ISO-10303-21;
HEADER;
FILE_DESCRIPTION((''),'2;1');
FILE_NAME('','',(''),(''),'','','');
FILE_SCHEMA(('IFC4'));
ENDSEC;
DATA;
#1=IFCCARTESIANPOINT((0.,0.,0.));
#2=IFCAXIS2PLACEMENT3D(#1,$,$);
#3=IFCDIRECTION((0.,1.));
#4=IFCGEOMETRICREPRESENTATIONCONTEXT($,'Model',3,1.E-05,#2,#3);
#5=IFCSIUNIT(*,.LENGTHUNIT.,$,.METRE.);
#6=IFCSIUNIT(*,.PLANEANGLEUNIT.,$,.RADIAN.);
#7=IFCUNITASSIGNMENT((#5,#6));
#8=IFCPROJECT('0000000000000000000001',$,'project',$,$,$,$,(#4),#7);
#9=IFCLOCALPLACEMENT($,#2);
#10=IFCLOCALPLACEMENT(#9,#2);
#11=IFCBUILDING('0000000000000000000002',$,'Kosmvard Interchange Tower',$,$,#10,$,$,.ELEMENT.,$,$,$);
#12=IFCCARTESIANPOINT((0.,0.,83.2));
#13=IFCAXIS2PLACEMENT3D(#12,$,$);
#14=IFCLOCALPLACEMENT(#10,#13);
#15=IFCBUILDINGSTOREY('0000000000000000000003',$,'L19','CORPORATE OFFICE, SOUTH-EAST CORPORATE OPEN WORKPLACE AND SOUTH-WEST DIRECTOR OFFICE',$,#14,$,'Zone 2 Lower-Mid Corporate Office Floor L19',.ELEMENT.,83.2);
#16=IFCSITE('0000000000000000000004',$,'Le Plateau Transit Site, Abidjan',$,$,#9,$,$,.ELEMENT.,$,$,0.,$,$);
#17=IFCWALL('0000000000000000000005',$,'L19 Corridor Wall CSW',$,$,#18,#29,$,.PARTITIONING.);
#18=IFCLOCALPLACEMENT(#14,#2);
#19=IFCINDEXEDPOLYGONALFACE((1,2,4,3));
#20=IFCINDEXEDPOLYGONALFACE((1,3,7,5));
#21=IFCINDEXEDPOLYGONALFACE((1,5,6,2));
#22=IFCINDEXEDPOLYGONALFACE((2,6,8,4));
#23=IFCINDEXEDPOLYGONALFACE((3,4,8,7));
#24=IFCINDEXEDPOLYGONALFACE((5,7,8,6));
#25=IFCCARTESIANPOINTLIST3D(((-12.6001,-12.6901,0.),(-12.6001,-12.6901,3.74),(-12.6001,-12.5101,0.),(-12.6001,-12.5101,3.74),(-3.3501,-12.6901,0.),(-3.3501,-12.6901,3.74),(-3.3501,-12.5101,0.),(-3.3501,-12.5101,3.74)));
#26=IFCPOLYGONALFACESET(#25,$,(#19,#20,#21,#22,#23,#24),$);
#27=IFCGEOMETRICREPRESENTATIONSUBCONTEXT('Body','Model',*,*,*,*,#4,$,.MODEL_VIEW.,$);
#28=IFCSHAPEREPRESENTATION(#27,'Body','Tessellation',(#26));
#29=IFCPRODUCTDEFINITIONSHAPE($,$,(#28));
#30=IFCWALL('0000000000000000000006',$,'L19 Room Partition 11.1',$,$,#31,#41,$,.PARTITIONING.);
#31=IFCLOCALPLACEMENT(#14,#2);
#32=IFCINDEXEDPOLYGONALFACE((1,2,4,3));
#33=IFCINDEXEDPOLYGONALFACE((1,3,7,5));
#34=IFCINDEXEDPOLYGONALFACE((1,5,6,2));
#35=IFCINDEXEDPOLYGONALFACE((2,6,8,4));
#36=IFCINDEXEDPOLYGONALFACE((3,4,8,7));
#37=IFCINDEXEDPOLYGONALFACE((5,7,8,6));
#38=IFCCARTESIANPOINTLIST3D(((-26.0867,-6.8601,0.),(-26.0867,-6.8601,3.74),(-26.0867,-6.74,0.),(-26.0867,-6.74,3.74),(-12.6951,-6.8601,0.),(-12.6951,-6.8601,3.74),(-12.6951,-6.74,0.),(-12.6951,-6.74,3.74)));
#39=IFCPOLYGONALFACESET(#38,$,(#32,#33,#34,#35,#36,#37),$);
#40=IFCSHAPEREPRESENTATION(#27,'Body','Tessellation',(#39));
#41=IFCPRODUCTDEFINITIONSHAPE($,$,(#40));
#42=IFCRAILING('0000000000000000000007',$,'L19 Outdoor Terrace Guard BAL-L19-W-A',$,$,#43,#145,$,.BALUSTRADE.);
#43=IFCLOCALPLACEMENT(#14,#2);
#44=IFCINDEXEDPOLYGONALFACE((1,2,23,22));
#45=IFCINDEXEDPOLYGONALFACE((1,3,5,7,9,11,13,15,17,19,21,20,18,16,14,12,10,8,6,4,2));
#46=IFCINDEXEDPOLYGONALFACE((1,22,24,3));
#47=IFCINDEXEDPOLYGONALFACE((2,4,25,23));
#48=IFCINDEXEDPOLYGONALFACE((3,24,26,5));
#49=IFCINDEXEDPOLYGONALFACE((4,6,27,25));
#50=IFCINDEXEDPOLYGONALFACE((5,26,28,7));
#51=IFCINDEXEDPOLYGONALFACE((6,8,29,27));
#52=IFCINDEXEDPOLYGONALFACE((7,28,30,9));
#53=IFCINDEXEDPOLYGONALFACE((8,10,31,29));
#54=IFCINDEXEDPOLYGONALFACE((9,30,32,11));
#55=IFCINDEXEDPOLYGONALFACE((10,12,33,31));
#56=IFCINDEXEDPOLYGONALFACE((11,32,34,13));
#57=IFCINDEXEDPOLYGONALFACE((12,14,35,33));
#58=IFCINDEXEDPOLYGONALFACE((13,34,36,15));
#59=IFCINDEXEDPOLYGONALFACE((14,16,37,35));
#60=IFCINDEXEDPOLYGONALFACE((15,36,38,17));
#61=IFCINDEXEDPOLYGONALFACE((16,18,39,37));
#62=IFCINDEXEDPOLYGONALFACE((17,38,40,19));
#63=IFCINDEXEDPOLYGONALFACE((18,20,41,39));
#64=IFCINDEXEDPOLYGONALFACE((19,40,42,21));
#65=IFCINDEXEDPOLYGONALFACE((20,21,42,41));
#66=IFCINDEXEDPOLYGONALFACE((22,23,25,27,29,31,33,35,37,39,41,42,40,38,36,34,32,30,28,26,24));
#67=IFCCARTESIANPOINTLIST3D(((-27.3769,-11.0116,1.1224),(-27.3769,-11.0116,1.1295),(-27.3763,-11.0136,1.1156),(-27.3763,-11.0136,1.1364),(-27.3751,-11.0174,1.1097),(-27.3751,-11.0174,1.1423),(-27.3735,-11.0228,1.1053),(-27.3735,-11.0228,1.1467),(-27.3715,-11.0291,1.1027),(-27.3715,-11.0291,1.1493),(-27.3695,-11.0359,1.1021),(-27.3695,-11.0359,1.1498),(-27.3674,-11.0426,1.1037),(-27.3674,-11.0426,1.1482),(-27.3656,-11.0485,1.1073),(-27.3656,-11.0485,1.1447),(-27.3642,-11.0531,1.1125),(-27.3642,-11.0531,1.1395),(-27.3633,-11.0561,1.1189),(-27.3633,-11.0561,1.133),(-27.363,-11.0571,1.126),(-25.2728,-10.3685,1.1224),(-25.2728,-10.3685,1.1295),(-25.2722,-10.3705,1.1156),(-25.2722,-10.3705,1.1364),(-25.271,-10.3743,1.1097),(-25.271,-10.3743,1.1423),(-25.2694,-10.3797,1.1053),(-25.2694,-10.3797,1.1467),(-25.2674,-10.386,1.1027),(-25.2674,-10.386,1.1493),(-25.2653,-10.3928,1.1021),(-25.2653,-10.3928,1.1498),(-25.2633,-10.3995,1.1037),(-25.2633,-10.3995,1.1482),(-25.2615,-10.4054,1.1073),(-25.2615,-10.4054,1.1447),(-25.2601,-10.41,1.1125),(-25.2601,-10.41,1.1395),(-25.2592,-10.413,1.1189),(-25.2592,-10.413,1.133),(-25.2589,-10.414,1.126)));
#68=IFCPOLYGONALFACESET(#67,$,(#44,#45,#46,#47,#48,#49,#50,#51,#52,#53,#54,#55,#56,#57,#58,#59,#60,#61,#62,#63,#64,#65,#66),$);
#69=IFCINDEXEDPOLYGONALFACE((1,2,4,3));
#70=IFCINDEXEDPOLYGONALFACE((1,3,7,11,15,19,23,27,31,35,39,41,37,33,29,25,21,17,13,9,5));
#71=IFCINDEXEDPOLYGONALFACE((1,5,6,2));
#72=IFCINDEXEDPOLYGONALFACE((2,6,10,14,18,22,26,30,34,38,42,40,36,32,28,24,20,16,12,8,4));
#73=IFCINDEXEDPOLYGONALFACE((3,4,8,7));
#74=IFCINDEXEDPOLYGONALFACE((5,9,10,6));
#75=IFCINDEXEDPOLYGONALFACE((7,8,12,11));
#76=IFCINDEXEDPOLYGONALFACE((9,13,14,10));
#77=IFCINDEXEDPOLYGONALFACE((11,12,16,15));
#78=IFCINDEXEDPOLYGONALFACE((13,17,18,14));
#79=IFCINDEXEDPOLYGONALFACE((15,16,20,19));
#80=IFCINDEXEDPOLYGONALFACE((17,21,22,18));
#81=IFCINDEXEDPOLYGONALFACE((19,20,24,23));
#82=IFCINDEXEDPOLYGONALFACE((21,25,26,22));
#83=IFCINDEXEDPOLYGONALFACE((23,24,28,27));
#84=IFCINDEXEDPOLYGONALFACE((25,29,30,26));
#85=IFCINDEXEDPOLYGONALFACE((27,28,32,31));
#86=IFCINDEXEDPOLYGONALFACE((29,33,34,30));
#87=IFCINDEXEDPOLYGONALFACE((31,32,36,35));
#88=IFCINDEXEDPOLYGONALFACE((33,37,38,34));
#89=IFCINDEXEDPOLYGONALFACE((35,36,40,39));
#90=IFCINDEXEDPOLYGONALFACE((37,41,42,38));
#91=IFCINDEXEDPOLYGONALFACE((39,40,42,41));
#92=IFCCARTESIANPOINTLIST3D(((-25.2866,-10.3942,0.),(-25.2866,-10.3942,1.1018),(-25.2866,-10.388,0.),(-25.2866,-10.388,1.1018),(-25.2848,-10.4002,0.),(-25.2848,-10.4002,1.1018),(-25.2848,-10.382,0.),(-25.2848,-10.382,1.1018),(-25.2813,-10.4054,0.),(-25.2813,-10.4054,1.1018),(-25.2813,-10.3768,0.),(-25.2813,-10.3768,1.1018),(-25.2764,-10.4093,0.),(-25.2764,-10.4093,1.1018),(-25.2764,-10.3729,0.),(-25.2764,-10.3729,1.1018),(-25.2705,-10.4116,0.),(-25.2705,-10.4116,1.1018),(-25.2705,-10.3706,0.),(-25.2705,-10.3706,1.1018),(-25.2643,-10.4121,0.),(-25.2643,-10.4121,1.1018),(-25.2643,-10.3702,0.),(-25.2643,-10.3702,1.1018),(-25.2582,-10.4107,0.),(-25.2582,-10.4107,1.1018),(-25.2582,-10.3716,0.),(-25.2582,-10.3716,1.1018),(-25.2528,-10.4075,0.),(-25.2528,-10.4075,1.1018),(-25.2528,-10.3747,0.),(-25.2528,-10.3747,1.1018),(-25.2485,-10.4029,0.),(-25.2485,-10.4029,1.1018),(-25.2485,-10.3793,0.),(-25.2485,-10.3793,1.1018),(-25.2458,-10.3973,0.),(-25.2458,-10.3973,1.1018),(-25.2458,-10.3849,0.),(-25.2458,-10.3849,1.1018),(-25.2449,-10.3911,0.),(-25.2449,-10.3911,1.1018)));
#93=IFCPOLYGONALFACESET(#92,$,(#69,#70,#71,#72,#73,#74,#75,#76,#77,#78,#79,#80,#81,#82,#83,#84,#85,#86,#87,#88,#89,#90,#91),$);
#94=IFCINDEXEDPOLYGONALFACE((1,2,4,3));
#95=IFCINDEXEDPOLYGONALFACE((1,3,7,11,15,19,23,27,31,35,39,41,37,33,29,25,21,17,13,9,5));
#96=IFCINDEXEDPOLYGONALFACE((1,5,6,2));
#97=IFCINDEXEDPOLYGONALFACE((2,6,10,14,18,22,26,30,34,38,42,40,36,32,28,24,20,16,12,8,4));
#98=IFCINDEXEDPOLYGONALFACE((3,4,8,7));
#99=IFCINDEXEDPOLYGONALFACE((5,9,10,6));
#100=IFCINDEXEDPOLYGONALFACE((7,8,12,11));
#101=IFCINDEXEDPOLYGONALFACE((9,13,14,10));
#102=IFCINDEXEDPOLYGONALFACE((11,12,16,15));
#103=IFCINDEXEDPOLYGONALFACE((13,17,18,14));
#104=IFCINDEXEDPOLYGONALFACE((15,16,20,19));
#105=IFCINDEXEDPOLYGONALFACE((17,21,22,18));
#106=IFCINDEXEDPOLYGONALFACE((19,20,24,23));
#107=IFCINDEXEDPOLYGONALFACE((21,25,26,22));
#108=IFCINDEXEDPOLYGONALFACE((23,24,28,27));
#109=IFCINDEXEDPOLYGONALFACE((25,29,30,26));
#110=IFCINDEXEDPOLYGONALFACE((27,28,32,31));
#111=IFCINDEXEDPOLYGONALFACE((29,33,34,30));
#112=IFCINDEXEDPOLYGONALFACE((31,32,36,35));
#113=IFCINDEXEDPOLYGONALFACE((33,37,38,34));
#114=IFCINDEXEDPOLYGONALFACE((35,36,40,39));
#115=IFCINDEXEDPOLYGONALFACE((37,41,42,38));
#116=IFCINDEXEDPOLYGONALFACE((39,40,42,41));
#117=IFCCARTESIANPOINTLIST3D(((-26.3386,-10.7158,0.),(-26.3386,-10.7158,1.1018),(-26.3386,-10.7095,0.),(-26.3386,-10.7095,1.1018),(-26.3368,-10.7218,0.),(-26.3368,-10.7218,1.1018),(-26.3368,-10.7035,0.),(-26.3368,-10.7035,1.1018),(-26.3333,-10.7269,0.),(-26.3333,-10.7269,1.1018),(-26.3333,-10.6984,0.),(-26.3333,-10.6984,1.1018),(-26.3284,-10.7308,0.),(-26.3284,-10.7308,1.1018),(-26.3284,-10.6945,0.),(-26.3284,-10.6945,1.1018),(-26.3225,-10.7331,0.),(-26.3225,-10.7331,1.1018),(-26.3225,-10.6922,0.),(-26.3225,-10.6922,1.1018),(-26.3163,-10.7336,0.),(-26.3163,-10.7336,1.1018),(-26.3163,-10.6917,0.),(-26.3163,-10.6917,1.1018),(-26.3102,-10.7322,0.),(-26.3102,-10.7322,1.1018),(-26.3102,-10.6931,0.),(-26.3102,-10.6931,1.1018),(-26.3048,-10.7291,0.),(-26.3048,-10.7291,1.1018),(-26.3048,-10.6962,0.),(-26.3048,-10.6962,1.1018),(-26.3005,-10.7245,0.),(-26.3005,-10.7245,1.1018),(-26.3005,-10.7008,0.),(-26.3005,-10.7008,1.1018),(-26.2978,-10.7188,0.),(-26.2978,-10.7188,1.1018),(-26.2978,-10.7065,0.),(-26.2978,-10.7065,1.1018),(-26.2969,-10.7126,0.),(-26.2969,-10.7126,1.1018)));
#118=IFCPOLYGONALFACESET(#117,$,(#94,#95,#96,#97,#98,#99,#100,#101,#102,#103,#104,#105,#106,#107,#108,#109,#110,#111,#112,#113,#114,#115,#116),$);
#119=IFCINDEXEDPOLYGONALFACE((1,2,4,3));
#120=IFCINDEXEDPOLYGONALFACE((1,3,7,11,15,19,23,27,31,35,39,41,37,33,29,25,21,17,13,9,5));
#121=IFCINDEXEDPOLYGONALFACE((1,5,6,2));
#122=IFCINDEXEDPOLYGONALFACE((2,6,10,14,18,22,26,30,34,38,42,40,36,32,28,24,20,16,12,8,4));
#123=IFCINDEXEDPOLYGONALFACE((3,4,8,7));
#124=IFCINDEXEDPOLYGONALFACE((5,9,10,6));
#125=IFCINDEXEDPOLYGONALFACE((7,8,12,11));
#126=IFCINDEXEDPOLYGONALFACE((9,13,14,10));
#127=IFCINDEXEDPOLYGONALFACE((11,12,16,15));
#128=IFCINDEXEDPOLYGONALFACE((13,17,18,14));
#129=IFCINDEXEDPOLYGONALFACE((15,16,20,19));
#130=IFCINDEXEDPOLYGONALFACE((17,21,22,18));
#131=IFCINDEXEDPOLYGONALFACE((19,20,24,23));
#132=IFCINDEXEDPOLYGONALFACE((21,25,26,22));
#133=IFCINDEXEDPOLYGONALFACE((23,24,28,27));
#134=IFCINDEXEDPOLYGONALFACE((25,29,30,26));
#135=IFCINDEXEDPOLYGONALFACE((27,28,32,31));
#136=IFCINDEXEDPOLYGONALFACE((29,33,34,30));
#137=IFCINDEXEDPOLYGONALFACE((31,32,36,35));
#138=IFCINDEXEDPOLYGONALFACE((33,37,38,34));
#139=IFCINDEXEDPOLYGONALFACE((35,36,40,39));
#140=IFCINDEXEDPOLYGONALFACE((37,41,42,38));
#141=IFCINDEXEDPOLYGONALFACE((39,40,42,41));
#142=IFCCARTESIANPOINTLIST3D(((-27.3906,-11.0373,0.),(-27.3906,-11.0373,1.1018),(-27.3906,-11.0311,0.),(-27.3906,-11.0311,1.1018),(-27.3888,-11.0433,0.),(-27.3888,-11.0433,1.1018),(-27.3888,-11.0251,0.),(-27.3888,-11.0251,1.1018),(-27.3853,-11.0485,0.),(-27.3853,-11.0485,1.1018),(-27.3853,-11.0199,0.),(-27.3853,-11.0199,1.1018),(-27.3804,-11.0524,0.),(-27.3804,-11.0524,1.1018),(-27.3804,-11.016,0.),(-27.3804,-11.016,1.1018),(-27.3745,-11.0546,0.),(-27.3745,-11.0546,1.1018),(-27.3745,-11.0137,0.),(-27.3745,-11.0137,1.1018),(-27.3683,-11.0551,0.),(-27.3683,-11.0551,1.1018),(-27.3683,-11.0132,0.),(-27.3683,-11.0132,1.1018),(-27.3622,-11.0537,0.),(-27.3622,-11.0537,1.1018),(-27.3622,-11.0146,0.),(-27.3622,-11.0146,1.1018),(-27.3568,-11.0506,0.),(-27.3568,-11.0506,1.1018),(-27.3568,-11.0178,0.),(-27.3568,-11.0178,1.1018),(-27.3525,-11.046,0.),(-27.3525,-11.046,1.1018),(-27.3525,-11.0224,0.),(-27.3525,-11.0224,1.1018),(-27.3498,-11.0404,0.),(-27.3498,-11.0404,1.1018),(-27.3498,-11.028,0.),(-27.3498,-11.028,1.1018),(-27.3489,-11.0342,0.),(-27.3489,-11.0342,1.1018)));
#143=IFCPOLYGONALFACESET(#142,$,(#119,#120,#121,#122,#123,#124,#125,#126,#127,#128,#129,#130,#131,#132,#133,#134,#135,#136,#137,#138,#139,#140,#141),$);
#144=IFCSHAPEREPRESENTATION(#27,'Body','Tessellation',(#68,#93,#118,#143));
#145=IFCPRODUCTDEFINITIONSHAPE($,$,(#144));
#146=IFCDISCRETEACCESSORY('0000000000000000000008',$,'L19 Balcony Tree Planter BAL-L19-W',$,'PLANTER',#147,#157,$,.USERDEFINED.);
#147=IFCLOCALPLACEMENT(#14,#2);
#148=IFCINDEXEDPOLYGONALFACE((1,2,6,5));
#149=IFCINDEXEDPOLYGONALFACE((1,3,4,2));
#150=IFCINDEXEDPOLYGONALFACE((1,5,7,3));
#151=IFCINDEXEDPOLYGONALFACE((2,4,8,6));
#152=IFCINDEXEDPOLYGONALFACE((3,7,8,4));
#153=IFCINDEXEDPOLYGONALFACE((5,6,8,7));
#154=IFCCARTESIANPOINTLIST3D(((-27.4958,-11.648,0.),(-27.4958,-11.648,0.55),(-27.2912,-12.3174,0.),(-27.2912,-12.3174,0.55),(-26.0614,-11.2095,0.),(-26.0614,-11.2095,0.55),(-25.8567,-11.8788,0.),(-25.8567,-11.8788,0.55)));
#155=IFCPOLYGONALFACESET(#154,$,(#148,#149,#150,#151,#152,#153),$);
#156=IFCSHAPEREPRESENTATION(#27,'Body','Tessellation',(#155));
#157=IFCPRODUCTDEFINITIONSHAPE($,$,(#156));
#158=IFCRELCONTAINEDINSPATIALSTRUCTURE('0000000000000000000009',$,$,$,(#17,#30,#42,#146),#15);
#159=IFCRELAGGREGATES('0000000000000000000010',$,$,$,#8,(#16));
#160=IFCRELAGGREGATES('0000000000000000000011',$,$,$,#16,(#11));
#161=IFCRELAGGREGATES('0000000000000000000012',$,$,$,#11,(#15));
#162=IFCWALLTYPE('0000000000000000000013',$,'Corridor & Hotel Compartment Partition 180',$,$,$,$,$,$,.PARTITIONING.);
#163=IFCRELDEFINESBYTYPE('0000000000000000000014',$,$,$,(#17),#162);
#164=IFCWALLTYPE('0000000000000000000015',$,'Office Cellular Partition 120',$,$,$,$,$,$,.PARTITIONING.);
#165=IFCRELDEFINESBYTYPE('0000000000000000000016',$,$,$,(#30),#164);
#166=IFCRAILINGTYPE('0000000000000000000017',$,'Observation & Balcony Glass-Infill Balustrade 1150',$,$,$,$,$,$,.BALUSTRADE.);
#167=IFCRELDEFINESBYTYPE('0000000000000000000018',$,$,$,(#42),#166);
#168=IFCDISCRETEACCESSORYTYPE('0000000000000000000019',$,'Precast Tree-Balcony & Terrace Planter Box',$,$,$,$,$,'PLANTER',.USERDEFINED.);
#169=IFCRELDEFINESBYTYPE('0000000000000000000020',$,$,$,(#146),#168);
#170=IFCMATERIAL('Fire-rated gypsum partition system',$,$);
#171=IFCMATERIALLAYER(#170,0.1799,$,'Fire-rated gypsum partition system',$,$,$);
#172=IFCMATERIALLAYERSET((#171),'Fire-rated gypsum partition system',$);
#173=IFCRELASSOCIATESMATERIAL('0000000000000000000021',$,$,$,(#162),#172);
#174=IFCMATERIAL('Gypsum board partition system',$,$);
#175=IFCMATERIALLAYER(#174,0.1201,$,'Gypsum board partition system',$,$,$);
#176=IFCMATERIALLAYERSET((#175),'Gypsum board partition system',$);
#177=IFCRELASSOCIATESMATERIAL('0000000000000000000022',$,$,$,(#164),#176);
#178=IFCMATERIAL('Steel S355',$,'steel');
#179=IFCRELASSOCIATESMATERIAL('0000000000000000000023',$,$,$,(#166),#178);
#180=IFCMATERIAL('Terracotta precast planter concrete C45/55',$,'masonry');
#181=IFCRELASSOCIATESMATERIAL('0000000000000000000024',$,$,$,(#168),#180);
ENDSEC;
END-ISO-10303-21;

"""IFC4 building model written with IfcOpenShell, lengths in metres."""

from ifc_helpers import new_model, si_unit, direction, frame, frame_2d, origin, origin_2d, place, context, subcontext, project, spatial, rectangle, circle, extrude, source, transform, mapped, material, layer, layer_set, type_object, element, save


model = new_model("IFC4")

# Units and contexts
model_context = context("Model", 3, precision=1e-05, world=origin(), true_north=direction((0.0, 1.0)))
body_context = subcontext(model_context, "Body", "Model", "MODEL_VIEW")
ifc_project = project(units=[si_unit("LENGTHUNIT", "METRE"), si_unit("PLANEANGLEUNIT", "RADIAN")], contexts=[model_context])

# Site, building, storey
site_placement = place(None, origin())
site = spatial("IfcSite", under=ifc_project, at=site_placement, Name="Le Plateau Transit Site, Abidjan", CompositionType="ELEMENT", RefElevation=0.0)
building_placement = place(site_placement, origin())
building = spatial("IfcBuilding", under=site, at=building_placement, Name="Kosmvard Interchange Tower", CompositionType="ELEMENT")
storey_placement = place(building_placement, frame((0.0, 0.0, 83.2)))
storey = spatial("IfcBuildingStorey", under=building, at=storey_placement, Name="L19", Description="CORPORATE OFFICE, SOUTH-EAST CORPORATE OPEN WORKPLACE AND SOUTH-WEST DIRECTOR OFFICE", LongName="Zone 2 Lower-Mid Corporate Office Floor L19", CompositionType="ELEMENT", Elevation=83.2)

# Shared definitions
ifc_material_1 = material(Name="Steel S355", Category="steel")

# Walls
ifc_material_2 = material(Name="Fire-rated gypsum partition system")
ifc_layer_1 = layer(ifc_material_2, 0.1799, Name="Fire-rated gypsum partition system")
ifc_layer_set_1 = layer_set([ifc_layer_1], Name="Fire-rated gypsum partition system")
wall_type_1 = type_object("IfcWallType", Name="Corridor & Hotel Compartment Partition 180", PredefinedType="PARTITIONING", material=ifc_layer_set_1)
wall_1_placement = place(storey_placement, frame((-12.6001, -12.6001, 0.0), z_axis=(0.0, 0.0, 1.0), x_axis=(1.0, 0.0, 0.0)))
element("IfcWall", 1, at=wall_1_placement, inside=storey, type_object=wall_type_1, Name="L19 Corridor Wall CSW", PredefinedType="PARTITIONING", context=body_context, shape_type="SweptSolid", body=[
    extrude(rectangle(XDim=9.25, YDim=0.1799, at=frame_2d((4.625, 0.0))), origin(), (0.0, 0.0, 1.0), 3.74),
])
ifc_material_3 = material(Name="Gypsum board partition system")
ifc_layer_2 = layer(ifc_material_3, 0.1201, Name="Gypsum board partition system")
ifc_layer_set_2 = layer_set([ifc_layer_2], Name="Gypsum board partition system")
wall_type_2 = type_object("IfcWallType", Name="Office Cellular Partition 120", PredefinedType="PARTITIONING", material=ifc_layer_set_2)
wall_2_placement = place(storey_placement, frame((-26.0867, -6.8, 0.0), z_axis=(0.0, 0.0, 1.0), x_axis=(1.0, 0.0, 0.0)))
element("IfcWall", 2, at=wall_2_placement, inside=storey, type_object=wall_type_2, Name="L19 Room Partition 11.1", PredefinedType="PARTITIONING", context=body_context, shape_type="SweptSolid", body=[
    extrude(rectangle(XDim=13.3916, YDim=0.1201, at=frame_2d((6.6958, 0.0))), origin(), (0.0, 0.0, 1.0), 3.74),
])

# Railing
railing_type = type_object("IfcRailingType", Name="Observation & Balcony Glass-Infill Balustrade 1150", PredefinedType="BALUSTRADE", material=ifc_material_1)
shared_shape_1 = source(origin(), body_context, "Body", "SweptSolid", [
    extrude(circle(Radius=0.0239, at=origin_2d()), frame((0.0, 0.0, 1.126), z_axis=(-0.956329, -0.292292, 0.0), x_axis=(0.292292, -0.956329, 0.0)), (0.0, 0.0, 1.0), 2.2002),
    extrude(circle(Radius=0.021, at=origin_2d()), origin(), (0.0, 0.0, 1.0), 1.1018),
    extrude(circle(Radius=0.021, at=origin_2d()), frame((-1.052, -0.3215, 0.0)), (0.0, 0.0, 1.0), 1.1018),
    extrude(circle(Radius=0.021, at=origin_2d()), frame((-2.104, -0.6431, 0.0)), (0.0, 0.0, 1.0), 1.1018),
])
railing_1_placement = place(storey_placement, frame((-25.2659, -10.3911, 0.0)))
element("IfcRailing", 3, at=railing_1_placement, inside=storey, type_object=railing_type, Name="L19 Outdoor Terrace Guard BAL-L19-W-A", PredefinedType="BALUSTRADE", context=body_context, shape_type="MappedRepresentation", body=[
    mapped(shared_shape_1, transform((0.0, 0.0, 0.0), scale=1.0)),
])

# Discrete accessory
ifc_material_4 = material(Name="Terracotta precast planter concrete C45/55", Category="masonry")
discrete_accessory_type = type_object("IfcDiscreteAccessoryType", Name="Precast Tree-Balcony & Terrace Planter Box", ElementType="PLANTER", PredefinedType="USERDEFINED", material=ifc_material_4)
shared_shape_2 = source(origin(), body_context, "Body", "SweptSolid", [
    extrude(rectangle(XDim=1.5, YDim=0.7, at=origin_2d()), origin(), (0.0, 0.0, 1.0), 0.55),
])
discrete_accessory_placement = place(storey_placement, frame((-26.6763, -11.7634, 0.0), z_axis=(0.0, 0.0, 1.0), x_axis=(0.956305, 0.292372, 0.0)))
element("IfcDiscreteAccessory", 4, at=discrete_accessory_placement, inside=storey, type_object=discrete_accessory_type, Name="L19 Balcony Tree Planter BAL-L19-W", ObjectType="PLANTER", PredefinedType="USERDEFINED", context=body_context, shape_type="MappedRepresentation", body=[
    mapped(shared_shape_2, transform((0.0, 0.0, 0.0), scale=1.0)),
])

save(model, "model.ifc")
